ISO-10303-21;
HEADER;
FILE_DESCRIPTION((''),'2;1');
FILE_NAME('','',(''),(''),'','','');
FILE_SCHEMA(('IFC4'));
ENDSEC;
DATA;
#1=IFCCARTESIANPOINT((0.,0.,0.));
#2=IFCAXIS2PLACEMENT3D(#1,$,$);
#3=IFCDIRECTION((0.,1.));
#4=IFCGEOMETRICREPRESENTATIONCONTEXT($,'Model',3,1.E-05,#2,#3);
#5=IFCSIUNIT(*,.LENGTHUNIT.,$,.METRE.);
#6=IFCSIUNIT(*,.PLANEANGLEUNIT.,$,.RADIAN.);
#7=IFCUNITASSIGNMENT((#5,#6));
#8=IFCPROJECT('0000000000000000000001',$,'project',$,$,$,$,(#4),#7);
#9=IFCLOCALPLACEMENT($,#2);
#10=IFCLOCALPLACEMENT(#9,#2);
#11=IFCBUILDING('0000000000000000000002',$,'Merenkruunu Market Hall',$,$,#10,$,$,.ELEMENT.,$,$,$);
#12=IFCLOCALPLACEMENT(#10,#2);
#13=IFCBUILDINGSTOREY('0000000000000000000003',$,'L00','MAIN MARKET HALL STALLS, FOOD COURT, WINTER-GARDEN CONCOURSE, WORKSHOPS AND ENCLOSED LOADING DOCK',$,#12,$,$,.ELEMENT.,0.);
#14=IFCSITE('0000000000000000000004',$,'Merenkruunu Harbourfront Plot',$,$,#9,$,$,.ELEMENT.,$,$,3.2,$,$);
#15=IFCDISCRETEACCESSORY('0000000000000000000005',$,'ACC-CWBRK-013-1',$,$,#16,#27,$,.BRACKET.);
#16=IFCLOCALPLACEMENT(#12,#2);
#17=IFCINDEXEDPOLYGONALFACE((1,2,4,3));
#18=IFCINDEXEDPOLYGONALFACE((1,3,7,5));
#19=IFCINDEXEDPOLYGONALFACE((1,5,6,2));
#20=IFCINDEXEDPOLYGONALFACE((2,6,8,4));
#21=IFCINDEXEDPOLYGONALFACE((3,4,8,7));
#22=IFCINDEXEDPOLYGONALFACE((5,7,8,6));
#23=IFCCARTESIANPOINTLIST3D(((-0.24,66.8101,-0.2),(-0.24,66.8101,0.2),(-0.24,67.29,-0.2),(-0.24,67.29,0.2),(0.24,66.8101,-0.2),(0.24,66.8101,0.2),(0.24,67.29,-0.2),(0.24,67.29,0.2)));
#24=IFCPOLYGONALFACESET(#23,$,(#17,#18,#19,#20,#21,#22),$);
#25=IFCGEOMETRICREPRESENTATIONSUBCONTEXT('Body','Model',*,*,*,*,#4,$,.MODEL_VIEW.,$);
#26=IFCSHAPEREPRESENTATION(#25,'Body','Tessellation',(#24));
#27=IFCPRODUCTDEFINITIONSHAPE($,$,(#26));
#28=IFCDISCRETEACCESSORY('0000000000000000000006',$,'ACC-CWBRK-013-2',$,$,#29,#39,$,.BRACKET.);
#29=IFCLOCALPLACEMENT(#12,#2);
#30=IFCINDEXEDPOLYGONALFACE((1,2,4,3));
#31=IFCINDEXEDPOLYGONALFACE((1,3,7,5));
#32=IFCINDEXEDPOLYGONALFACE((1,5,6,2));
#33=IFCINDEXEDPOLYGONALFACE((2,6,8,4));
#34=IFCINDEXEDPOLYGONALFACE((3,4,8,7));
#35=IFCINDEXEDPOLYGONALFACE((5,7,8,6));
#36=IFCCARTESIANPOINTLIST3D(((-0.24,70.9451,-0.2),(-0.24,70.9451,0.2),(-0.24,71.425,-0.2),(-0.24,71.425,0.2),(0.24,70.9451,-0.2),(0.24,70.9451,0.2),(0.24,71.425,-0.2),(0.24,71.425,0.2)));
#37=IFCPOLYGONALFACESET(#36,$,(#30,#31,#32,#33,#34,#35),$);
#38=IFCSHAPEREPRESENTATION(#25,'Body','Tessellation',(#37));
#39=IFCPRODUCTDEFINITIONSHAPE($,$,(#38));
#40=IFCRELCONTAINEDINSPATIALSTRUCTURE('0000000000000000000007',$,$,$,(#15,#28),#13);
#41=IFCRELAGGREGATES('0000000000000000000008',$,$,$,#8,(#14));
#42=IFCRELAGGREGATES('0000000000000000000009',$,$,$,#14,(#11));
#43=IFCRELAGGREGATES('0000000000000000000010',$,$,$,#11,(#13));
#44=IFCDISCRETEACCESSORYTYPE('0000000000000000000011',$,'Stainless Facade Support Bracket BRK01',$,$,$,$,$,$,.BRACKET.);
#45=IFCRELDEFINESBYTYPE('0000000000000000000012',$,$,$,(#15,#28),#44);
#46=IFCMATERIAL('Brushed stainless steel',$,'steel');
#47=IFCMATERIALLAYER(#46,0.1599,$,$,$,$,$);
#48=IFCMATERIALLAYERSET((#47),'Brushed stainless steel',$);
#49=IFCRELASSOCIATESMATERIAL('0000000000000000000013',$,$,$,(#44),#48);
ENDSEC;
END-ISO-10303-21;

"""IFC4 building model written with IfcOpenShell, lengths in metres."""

from ifc_helpers import new_model, si_unit, direction, frame, origin, origin_2d, place, context, subcontext, project, spatial, rectangle, extrude, material, layer, layer_set, type_object, element, save


model = new_model("IFC4")

# Units and contexts
model_context = context("Model", 3, precision=1e-05, world=origin(), true_north=direction((0.0, 1.0)))
body_context = subcontext(model_context, "Body", "Model", "MODEL_VIEW")
ifc_project = project(units=[si_unit("LENGTHUNIT", "METRE"), si_unit("PLANEANGLEUNIT", "RADIAN")], contexts=[model_context])

# Site, building, storey
site_placement = place(None, origin())
site = spatial("IfcSite", under=ifc_project, at=site_placement, Name="Merenkruunu Harbourfront Plot", CompositionType="ELEMENT", RefElevation=3.2)
building_placement = place(site_placement, origin())
building = spatial("IfcBuilding", under=site, at=building_placement, Name="Merenkruunu Market Hall", CompositionType="ELEMENT")
storey_placement = place(building_placement, origin())
storey = spatial("IfcBuildingStorey", under=building, at=storey_placement, Name="L00", Description="MAIN MARKET HALL STALLS, FOOD COURT, WINTER-GARDEN CONCOURSE, WORKSHOPS AND ENCLOSED LOADING DOCK", CompositionType="ELEMENT", Elevation=0.0)

# Discrete accessories
ifc_material_1 = material(Name="Brushed stainless steel", Category="steel")
ifc_layer_1 = layer(ifc_material_1, 0.1599)
ifc_layer_set_1 = layer_set([ifc_layer_1], Name="Brushed stainless steel")
discrete_accessory_type = type_object("IfcDiscreteAccessoryType", Name="Stainless Facade Support Bracket BRK01", PredefinedType="BRACKET", material=ifc_layer_set_1)
for number, where, z_axis, x_axis, name in (
    (1, (0.0, 67.05, -0.2), (0.0, 0.0, 1.0), (1.0, 0.0, 0.0), "ACC-CWBRK-013-1"),
    (2, (0.0, 71.1851, -0.2), (0.0, 0.0, 1.0), (1.0, 0.0, 0.0), "ACC-CWBRK-013-2"),
):
    element("IfcDiscreteAccessory", number, at=place(storey_placement, frame(where, z_axis=z_axis, x_axis=x_axis)), inside=storey, type_object=discrete_accessory_type, Name=name, PredefinedType="BRACKET", context=body_context, shape_type="SweptSolid", body=[
        extrude(rectangle(XDim=0.48, YDim=0.48, at=origin_2d()), origin(), (0.0, 0.0, 1.0), 0.3999),
    ])

save(model, "model.ifc")
